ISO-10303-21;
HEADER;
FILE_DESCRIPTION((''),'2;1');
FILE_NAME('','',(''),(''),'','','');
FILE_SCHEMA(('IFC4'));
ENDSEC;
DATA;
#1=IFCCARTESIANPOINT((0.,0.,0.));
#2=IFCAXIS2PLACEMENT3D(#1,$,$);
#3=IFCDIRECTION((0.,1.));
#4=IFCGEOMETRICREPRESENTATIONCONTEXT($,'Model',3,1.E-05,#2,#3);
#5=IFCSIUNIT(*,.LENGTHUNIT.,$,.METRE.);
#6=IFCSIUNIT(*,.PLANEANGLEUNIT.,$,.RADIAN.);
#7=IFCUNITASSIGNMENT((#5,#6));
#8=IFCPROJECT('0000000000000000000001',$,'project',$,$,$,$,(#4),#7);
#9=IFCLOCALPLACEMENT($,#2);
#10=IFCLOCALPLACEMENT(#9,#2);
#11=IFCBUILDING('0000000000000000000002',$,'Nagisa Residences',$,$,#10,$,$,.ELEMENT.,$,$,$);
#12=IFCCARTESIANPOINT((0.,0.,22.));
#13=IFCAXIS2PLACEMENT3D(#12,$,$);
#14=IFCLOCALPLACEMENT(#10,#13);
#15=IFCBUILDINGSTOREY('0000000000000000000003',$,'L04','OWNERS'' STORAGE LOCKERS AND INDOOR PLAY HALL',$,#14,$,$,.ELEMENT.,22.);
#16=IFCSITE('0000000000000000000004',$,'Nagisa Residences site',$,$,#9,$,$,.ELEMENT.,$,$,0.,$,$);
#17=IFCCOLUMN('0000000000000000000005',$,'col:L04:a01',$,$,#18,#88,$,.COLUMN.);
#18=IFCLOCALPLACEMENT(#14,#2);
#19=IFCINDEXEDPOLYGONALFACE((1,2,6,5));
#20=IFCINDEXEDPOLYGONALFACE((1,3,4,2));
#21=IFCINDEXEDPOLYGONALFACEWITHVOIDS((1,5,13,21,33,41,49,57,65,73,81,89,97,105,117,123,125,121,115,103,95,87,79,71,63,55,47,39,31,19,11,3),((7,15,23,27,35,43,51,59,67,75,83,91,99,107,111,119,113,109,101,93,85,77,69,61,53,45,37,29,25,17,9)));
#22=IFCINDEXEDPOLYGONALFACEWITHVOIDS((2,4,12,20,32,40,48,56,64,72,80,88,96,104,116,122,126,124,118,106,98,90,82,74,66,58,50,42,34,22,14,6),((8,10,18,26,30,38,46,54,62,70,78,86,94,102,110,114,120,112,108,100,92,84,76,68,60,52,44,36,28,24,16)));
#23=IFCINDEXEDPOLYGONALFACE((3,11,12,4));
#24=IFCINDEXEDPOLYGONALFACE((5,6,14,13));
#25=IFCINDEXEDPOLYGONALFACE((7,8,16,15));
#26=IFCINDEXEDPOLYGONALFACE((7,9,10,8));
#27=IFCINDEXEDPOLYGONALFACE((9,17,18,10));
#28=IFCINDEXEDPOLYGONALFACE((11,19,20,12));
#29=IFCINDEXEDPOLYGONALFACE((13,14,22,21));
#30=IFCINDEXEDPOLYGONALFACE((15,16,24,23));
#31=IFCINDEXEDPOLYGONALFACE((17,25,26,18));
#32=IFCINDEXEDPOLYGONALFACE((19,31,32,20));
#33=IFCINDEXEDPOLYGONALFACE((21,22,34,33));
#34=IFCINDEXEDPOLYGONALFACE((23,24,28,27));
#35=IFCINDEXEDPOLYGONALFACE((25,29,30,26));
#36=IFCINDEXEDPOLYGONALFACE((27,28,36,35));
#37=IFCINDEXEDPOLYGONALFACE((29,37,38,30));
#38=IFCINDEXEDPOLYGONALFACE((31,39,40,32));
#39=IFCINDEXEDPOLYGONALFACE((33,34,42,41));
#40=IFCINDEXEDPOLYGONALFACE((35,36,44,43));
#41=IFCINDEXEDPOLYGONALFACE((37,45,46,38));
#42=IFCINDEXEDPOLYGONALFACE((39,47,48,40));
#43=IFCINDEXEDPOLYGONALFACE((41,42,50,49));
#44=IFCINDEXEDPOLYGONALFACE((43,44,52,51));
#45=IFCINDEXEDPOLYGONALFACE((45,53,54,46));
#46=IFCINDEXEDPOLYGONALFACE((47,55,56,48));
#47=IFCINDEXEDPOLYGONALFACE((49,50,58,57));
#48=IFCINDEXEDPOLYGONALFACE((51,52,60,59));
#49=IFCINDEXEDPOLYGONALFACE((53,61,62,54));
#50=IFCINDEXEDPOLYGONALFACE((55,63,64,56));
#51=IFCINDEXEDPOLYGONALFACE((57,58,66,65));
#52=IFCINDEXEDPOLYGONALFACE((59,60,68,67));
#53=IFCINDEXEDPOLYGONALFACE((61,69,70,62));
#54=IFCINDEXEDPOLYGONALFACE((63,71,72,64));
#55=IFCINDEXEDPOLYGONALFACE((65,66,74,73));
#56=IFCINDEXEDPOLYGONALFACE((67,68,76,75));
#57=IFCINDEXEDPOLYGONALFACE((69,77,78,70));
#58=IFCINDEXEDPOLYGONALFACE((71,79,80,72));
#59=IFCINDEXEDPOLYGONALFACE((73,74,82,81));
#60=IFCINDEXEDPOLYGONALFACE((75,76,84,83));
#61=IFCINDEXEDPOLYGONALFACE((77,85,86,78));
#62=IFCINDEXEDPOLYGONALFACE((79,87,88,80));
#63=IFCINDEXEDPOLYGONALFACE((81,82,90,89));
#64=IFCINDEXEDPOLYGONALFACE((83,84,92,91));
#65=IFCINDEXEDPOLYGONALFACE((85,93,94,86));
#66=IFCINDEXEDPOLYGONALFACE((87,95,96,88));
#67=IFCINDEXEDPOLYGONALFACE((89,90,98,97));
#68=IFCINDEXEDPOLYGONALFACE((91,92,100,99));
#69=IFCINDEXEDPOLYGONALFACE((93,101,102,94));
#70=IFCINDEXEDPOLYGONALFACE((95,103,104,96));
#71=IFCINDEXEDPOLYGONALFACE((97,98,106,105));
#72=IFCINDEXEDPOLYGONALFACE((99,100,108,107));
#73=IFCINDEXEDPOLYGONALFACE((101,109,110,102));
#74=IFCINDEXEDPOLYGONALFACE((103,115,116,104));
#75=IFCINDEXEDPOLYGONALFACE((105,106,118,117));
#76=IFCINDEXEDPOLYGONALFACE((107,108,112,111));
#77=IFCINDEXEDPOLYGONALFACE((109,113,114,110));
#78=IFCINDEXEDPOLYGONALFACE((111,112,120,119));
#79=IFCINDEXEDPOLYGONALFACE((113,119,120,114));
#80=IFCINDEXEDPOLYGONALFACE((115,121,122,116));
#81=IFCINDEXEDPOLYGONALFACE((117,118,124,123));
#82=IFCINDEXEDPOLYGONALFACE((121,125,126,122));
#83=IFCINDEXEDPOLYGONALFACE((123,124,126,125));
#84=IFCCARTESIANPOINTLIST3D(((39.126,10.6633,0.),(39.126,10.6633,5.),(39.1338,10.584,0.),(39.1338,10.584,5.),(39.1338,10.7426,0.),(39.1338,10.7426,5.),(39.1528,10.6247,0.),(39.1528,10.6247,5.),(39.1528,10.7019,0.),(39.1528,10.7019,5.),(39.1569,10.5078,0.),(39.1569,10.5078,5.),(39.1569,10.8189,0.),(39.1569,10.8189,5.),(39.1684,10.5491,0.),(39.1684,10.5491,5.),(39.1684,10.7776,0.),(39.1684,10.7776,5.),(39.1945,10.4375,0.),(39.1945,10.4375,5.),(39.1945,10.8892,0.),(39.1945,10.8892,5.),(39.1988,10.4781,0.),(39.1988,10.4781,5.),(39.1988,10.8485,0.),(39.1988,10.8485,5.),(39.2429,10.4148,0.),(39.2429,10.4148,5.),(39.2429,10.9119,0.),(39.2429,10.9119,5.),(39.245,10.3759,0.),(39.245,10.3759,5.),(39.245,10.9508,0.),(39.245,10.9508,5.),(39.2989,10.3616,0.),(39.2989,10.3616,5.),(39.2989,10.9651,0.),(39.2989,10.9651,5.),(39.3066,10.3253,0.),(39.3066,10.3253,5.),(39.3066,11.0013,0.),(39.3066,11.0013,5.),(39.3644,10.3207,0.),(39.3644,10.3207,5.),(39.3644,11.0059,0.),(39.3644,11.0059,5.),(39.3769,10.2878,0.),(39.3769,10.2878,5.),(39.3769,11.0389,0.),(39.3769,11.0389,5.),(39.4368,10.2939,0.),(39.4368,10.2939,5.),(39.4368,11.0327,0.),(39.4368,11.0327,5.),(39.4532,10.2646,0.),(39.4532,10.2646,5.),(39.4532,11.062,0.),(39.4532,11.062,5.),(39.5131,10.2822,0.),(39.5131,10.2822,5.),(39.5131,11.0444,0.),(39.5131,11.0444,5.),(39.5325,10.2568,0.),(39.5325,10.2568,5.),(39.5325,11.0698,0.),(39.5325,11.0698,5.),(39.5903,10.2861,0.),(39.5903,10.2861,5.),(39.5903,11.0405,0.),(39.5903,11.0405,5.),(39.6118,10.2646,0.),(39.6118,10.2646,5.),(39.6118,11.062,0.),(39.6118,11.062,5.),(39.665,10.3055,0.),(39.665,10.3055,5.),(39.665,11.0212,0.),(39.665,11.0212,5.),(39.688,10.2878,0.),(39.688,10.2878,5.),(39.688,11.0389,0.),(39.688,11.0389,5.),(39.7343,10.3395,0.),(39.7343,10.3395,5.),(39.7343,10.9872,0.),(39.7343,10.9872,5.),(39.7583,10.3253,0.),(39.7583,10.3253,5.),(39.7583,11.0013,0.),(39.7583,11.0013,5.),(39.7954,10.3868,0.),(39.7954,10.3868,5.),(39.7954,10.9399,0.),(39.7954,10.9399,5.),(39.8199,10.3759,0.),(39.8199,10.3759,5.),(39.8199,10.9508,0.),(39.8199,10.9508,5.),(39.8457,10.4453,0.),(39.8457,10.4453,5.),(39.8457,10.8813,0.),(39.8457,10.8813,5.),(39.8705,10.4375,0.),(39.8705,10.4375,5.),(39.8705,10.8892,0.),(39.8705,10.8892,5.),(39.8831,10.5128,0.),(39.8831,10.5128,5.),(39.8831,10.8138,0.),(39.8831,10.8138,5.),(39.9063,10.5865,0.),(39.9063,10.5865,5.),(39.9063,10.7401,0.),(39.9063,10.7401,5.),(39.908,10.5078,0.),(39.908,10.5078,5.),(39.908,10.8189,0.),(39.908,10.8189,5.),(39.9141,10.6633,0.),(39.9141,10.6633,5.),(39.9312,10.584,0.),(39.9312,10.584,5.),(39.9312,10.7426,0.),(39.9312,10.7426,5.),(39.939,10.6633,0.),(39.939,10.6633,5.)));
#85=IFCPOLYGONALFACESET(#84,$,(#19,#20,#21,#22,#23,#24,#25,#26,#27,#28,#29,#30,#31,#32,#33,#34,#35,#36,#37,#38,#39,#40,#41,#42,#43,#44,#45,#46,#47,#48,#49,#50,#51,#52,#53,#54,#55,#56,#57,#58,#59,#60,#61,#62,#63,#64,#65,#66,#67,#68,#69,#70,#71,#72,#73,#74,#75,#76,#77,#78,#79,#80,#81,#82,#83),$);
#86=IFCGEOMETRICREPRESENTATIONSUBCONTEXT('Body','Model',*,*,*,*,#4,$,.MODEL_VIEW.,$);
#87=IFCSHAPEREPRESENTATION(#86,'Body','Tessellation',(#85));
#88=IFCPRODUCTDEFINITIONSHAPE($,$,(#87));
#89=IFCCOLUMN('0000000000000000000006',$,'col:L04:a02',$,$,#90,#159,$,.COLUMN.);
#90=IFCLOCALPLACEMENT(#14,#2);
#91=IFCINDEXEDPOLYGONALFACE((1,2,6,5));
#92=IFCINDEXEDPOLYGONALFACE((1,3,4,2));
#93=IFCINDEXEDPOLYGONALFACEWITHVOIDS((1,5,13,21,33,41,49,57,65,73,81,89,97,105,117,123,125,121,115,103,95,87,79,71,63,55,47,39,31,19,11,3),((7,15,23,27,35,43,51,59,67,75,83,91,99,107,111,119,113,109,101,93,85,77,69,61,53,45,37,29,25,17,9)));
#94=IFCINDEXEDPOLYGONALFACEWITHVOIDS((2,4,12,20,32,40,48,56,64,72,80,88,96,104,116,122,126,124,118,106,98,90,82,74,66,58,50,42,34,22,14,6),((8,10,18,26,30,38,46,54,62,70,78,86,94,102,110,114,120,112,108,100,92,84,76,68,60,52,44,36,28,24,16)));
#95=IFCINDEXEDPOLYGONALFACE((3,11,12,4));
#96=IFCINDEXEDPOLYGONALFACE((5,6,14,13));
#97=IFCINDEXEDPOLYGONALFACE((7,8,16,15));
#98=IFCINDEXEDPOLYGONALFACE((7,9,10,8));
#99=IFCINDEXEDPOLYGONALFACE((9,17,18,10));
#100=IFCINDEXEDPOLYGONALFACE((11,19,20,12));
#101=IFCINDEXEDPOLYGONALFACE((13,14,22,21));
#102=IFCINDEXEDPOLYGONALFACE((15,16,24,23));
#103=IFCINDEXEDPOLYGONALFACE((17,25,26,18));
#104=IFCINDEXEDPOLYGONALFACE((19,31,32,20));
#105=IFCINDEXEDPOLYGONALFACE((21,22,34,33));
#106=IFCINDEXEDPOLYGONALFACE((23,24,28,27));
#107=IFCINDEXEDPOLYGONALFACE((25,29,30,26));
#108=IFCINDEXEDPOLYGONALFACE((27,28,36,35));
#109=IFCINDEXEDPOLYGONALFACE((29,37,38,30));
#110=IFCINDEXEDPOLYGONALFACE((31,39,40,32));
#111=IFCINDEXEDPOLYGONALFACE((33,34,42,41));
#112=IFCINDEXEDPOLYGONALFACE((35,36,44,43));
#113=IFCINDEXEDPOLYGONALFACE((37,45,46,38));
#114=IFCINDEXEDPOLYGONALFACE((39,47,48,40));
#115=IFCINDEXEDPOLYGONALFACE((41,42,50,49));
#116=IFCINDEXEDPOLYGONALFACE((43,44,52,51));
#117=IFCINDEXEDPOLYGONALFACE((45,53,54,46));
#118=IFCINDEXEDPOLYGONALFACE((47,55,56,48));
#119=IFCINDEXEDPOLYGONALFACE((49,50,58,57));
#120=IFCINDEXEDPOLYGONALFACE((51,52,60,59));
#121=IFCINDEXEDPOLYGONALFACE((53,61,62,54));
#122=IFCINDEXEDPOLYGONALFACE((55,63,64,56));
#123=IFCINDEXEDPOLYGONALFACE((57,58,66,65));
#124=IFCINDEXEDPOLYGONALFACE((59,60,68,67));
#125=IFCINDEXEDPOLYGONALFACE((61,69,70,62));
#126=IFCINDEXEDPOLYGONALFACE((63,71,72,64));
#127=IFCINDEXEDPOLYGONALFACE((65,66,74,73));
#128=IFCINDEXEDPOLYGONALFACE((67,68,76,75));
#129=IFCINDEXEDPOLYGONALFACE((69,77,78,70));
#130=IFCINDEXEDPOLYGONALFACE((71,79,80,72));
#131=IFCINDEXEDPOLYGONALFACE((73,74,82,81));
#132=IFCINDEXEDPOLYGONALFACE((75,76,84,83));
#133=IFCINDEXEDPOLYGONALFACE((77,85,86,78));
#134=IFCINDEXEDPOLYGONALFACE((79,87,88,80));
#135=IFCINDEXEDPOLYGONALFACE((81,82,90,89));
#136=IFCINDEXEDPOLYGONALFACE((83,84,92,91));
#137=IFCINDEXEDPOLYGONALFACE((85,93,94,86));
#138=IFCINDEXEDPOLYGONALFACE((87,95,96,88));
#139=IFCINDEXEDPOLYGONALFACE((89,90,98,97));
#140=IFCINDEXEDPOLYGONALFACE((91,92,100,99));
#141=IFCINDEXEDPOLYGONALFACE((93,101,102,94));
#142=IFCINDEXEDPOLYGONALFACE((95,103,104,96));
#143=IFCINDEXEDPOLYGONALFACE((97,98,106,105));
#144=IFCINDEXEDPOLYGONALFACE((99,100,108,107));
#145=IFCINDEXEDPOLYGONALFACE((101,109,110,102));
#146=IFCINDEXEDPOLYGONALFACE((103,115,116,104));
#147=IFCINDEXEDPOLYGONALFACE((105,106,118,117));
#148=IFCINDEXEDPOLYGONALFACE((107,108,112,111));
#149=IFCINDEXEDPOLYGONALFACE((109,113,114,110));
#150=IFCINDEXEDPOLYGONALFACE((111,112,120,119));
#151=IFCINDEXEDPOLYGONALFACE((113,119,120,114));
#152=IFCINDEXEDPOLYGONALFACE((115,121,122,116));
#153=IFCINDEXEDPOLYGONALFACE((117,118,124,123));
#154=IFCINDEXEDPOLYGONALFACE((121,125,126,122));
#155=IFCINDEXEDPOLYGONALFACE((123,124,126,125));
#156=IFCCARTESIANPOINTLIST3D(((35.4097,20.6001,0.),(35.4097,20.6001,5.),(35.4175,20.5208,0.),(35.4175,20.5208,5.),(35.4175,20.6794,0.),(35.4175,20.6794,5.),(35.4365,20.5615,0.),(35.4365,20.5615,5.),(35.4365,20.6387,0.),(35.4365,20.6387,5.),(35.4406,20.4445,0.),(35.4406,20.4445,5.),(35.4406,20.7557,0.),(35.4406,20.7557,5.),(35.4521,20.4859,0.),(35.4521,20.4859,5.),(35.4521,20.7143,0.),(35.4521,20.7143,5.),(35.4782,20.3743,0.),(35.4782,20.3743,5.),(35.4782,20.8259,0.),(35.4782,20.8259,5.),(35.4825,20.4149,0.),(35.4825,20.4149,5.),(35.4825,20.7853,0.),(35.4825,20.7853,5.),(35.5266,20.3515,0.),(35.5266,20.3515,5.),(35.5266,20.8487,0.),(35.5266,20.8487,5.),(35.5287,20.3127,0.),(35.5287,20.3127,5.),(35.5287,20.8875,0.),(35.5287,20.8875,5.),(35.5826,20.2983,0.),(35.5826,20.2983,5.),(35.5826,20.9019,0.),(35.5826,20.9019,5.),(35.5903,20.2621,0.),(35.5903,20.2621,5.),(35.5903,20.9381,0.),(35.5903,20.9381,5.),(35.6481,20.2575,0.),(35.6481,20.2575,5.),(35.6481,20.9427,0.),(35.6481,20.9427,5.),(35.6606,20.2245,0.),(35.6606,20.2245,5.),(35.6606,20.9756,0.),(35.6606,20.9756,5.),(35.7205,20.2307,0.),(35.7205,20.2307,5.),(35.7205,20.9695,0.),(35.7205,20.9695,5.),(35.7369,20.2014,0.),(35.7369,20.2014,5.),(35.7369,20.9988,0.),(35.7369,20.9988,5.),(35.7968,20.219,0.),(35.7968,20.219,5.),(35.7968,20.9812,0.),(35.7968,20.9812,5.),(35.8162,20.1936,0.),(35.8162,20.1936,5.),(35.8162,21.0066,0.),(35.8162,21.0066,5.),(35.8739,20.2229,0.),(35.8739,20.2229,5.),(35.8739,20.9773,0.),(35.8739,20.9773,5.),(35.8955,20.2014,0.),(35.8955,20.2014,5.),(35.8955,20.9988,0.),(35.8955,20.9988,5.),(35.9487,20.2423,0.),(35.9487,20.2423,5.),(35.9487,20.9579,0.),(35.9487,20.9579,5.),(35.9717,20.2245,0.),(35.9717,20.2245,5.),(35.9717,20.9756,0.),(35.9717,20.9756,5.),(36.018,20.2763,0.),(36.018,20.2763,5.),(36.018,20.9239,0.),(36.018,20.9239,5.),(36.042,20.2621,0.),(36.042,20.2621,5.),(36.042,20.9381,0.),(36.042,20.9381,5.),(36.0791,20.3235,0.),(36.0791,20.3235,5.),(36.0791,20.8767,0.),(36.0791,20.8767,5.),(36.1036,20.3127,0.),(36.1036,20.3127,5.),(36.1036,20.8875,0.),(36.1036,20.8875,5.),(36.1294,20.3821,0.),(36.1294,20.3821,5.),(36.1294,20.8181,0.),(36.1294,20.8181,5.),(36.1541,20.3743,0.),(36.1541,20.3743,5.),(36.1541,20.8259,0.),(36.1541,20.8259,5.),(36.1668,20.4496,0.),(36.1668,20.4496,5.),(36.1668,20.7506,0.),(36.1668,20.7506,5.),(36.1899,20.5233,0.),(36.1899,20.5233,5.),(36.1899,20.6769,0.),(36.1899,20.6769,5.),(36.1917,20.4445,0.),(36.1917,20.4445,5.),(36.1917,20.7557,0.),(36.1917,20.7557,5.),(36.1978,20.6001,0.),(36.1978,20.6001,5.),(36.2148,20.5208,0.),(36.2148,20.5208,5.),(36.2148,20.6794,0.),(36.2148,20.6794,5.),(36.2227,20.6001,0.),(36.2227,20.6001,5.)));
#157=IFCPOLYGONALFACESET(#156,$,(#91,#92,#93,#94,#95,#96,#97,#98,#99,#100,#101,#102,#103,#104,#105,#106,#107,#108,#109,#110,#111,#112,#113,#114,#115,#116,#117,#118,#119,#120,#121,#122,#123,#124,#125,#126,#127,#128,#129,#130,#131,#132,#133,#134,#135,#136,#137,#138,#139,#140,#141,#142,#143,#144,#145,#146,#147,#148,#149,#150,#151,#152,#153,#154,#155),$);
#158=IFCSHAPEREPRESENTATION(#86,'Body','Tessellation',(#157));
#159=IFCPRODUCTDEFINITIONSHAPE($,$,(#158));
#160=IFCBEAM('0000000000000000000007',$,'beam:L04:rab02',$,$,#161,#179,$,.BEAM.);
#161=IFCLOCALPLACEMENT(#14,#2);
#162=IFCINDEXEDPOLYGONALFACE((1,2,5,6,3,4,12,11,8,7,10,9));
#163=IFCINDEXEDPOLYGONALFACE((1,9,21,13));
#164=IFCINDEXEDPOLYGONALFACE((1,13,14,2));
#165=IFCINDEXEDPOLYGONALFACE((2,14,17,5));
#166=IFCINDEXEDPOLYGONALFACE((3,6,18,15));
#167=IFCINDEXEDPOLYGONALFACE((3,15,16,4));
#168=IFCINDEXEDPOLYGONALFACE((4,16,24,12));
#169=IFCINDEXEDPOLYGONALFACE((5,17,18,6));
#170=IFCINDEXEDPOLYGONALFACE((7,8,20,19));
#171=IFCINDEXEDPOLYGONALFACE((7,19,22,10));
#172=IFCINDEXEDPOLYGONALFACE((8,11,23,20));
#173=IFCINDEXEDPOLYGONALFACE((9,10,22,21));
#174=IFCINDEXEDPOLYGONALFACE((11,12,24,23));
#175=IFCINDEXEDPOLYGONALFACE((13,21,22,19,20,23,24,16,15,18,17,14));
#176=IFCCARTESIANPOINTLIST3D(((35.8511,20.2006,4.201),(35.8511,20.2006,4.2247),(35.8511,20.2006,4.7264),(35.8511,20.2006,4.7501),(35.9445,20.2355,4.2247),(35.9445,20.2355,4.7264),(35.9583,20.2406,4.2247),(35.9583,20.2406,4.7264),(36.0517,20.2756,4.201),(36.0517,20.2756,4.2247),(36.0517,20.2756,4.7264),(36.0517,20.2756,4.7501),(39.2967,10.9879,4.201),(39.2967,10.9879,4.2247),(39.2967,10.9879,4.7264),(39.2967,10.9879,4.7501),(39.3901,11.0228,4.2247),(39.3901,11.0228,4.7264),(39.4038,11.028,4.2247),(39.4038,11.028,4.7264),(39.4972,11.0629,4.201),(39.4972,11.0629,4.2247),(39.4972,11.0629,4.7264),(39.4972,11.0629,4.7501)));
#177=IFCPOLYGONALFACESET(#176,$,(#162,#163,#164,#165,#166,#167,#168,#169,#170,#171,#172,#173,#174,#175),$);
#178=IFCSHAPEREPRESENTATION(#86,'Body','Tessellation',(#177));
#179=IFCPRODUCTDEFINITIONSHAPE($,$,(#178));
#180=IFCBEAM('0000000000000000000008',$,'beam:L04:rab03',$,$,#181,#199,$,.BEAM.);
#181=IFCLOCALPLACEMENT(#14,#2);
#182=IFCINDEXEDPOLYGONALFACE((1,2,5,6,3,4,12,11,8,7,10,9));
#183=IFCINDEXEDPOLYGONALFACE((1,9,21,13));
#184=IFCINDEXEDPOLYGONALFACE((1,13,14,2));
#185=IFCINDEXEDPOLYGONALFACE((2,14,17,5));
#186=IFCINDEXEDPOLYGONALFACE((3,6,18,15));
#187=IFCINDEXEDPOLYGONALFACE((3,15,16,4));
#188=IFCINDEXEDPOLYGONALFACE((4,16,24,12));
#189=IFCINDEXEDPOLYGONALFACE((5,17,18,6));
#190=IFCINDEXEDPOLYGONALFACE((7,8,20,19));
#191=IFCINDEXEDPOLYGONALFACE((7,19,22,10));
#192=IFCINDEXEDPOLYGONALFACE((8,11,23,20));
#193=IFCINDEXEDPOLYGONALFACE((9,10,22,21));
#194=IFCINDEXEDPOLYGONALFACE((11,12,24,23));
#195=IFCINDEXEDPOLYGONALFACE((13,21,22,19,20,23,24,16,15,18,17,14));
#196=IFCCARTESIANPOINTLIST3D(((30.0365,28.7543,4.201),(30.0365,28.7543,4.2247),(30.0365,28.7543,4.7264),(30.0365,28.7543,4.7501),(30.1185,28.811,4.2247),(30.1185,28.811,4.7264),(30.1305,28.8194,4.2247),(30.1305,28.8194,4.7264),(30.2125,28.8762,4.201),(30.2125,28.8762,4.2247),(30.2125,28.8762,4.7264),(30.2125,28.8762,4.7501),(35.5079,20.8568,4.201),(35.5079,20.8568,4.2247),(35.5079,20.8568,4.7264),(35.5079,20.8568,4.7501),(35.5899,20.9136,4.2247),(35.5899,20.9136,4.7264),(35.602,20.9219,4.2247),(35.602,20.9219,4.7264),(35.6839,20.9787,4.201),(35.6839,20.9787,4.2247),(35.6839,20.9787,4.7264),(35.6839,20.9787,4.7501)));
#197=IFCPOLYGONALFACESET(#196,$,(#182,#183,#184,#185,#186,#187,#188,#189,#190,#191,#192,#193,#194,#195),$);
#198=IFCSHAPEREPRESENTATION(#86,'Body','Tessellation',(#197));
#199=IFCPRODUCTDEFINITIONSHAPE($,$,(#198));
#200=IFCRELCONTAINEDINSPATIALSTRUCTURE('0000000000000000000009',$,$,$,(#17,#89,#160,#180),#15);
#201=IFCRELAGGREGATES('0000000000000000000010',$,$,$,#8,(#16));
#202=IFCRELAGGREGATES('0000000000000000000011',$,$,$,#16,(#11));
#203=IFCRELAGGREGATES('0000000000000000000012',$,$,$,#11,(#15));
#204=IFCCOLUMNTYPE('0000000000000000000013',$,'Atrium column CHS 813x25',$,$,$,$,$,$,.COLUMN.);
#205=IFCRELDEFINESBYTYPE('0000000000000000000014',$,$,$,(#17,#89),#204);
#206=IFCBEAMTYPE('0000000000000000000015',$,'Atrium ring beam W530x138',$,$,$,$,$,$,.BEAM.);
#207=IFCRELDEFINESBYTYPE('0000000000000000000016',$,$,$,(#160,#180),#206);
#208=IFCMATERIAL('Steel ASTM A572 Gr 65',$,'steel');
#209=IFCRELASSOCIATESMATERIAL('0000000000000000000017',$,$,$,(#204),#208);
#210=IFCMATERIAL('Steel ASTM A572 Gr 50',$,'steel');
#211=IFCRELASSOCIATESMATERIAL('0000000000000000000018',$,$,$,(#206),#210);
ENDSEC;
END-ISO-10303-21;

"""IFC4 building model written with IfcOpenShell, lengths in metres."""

from ifc_helpers import new_model, si_unit, direction, frame, origin, origin_2d, place, context, subcontext, project, spatial, hollow_circle, i_section, extrude, material, material_profile, profile_set, type_object, element, save


model = new_model("IFC4")

# Units and contexts
model_context = context("Model", 3, precision=1e-05, world=origin(), true_north=direction((0.0, 1.0)))
body_context = subcontext(model_context, "Body", "Model", "MODEL_VIEW")
ifc_project = project(units=[si_unit("LENGTHUNIT", "METRE"), si_unit("PLANEANGLEUNIT", "RADIAN")], contexts=[model_context])

# Site, building, storey
site_placement = place(None, origin())
site = spatial("IfcSite", under=ifc_project, at=site_placement, Name="Nagisa Residences site", CompositionType="ELEMENT", RefElevation=0.0)
building_placement = place(site_placement, origin())
building = spatial("IfcBuilding", under=site, at=building_placement, Name="Nagisa Residences", CompositionType="ELEMENT")
storey_placement = place(building_placement, frame((0.0, 0.0, 22.0)))
storey = spatial("IfcBuildingStorey", under=building, at=storey_placement, Name="L04", Description="OWNERS' STORAGE LOCKERS AND INDOOR PLAY HALL", CompositionType="ELEMENT", Elevation=22.0)

# Columns
ifc_material_1 = material(Name="Steel ASTM A572 Gr 65", Category="steel")
ifc_material_profile_1 = material_profile(ifc_material_1, hollow_circle(Radius=0.4065, WallThickness=0.0249, at=origin_2d()), Name="CHS 813x25")
ifc_profile_set_1 = profile_set([ifc_material_profile_1], Name="Steel ASTM A572 Gr 65")
column_type = type_object("IfcColumnType", Name="Atrium column CHS 813x25", PredefinedType="COLUMN", material=ifc_profile_set_1)
for number, where, z_axis, x_axis, name in (
    (1, (39.5325, 10.6633, 0.0), (0.0, 0.0, 1.0), (1.0, 0.0, 0.0), "col:L04:a01"),
    (2, (35.8162, 20.6001, 0.0), (0.0, 0.0, 1.0), (1.0, 0.0, 0.0), "col:L04:a02"),
):
    element("IfcColumn", number, at=place(storey_placement, frame(where, z_axis=z_axis, x_axis=x_axis)), inside=storey, type_object=column_type, Name=name, PredefinedType="COLUMN", context=body_context, shape_type="SweptSolid", body=[
        extrude(hollow_circle(Radius=0.4065, WallThickness=0.0249, at=origin_2d()), origin(), (0.0, 0.0, 1.0), 5.0),
    ])

# Beams
ifc_material_2 = material(Name="Steel ASTM A572 Gr 50", Category="steel")
ifc_material_profile_2 = material_profile(ifc_material_2, i_section(OverallWidth=0.2141, OverallDepth=0.5491, WebThickness=0.0146, FlangeThickness=0.0237, at=origin_2d()), Name="W530x138")
ifc_profile_set_2 = profile_set([ifc_material_profile_2], Name="Steel ASTM A572 Gr 50")
beam_type = type_object("IfcBeamType", Name="Atrium ring beam W530x138", PredefinedType="BEAM", material=ifc_profile_set_2)
beam_1_placement = place(storey_placement, frame((39.397, 11.0254, 4.4756), z_axis=(-0.350305, 0.936636, 0.0), x_axis=(-0.936636, -0.350305, 0.0)))
element("IfcBeam", 3, at=beam_1_placement, inside=storey, type_object=beam_type, Name="beam:L04:rab02", PredefinedType="BEAM", context=body_context, shape_type="SweptSolid", body=[
    extrude(i_section(OverallWidth=0.2141, OverallDepth=0.5491, WebThickness=0.0146, FlangeThickness=0.0237, at=origin_2d()), origin(), (0.0, 0.0, 1.0), 9.8359),
])
beam_2_placement = place(storey_placement, frame((35.5959, 20.9177, 4.4756), z_axis=(-0.569489, 0.821999, 0.0), x_axis=(-0.821999, -0.569489, 0.0)))
element("IfcBeam", 4, at=beam_2_placement, inside=storey, type_object=beam_type, Name="beam:L04:rab03", PredefinedType="BEAM", context=body_context, shape_type="SweptSolid", body=[
    extrude(i_section(OverallWidth=0.2141, OverallDepth=0.5491, WebThickness=0.0146, FlangeThickness=0.0237, at=origin_2d()), origin(), (0.0, 0.0, 1.0), 9.6077),
])

save(model, "model.ifc")
